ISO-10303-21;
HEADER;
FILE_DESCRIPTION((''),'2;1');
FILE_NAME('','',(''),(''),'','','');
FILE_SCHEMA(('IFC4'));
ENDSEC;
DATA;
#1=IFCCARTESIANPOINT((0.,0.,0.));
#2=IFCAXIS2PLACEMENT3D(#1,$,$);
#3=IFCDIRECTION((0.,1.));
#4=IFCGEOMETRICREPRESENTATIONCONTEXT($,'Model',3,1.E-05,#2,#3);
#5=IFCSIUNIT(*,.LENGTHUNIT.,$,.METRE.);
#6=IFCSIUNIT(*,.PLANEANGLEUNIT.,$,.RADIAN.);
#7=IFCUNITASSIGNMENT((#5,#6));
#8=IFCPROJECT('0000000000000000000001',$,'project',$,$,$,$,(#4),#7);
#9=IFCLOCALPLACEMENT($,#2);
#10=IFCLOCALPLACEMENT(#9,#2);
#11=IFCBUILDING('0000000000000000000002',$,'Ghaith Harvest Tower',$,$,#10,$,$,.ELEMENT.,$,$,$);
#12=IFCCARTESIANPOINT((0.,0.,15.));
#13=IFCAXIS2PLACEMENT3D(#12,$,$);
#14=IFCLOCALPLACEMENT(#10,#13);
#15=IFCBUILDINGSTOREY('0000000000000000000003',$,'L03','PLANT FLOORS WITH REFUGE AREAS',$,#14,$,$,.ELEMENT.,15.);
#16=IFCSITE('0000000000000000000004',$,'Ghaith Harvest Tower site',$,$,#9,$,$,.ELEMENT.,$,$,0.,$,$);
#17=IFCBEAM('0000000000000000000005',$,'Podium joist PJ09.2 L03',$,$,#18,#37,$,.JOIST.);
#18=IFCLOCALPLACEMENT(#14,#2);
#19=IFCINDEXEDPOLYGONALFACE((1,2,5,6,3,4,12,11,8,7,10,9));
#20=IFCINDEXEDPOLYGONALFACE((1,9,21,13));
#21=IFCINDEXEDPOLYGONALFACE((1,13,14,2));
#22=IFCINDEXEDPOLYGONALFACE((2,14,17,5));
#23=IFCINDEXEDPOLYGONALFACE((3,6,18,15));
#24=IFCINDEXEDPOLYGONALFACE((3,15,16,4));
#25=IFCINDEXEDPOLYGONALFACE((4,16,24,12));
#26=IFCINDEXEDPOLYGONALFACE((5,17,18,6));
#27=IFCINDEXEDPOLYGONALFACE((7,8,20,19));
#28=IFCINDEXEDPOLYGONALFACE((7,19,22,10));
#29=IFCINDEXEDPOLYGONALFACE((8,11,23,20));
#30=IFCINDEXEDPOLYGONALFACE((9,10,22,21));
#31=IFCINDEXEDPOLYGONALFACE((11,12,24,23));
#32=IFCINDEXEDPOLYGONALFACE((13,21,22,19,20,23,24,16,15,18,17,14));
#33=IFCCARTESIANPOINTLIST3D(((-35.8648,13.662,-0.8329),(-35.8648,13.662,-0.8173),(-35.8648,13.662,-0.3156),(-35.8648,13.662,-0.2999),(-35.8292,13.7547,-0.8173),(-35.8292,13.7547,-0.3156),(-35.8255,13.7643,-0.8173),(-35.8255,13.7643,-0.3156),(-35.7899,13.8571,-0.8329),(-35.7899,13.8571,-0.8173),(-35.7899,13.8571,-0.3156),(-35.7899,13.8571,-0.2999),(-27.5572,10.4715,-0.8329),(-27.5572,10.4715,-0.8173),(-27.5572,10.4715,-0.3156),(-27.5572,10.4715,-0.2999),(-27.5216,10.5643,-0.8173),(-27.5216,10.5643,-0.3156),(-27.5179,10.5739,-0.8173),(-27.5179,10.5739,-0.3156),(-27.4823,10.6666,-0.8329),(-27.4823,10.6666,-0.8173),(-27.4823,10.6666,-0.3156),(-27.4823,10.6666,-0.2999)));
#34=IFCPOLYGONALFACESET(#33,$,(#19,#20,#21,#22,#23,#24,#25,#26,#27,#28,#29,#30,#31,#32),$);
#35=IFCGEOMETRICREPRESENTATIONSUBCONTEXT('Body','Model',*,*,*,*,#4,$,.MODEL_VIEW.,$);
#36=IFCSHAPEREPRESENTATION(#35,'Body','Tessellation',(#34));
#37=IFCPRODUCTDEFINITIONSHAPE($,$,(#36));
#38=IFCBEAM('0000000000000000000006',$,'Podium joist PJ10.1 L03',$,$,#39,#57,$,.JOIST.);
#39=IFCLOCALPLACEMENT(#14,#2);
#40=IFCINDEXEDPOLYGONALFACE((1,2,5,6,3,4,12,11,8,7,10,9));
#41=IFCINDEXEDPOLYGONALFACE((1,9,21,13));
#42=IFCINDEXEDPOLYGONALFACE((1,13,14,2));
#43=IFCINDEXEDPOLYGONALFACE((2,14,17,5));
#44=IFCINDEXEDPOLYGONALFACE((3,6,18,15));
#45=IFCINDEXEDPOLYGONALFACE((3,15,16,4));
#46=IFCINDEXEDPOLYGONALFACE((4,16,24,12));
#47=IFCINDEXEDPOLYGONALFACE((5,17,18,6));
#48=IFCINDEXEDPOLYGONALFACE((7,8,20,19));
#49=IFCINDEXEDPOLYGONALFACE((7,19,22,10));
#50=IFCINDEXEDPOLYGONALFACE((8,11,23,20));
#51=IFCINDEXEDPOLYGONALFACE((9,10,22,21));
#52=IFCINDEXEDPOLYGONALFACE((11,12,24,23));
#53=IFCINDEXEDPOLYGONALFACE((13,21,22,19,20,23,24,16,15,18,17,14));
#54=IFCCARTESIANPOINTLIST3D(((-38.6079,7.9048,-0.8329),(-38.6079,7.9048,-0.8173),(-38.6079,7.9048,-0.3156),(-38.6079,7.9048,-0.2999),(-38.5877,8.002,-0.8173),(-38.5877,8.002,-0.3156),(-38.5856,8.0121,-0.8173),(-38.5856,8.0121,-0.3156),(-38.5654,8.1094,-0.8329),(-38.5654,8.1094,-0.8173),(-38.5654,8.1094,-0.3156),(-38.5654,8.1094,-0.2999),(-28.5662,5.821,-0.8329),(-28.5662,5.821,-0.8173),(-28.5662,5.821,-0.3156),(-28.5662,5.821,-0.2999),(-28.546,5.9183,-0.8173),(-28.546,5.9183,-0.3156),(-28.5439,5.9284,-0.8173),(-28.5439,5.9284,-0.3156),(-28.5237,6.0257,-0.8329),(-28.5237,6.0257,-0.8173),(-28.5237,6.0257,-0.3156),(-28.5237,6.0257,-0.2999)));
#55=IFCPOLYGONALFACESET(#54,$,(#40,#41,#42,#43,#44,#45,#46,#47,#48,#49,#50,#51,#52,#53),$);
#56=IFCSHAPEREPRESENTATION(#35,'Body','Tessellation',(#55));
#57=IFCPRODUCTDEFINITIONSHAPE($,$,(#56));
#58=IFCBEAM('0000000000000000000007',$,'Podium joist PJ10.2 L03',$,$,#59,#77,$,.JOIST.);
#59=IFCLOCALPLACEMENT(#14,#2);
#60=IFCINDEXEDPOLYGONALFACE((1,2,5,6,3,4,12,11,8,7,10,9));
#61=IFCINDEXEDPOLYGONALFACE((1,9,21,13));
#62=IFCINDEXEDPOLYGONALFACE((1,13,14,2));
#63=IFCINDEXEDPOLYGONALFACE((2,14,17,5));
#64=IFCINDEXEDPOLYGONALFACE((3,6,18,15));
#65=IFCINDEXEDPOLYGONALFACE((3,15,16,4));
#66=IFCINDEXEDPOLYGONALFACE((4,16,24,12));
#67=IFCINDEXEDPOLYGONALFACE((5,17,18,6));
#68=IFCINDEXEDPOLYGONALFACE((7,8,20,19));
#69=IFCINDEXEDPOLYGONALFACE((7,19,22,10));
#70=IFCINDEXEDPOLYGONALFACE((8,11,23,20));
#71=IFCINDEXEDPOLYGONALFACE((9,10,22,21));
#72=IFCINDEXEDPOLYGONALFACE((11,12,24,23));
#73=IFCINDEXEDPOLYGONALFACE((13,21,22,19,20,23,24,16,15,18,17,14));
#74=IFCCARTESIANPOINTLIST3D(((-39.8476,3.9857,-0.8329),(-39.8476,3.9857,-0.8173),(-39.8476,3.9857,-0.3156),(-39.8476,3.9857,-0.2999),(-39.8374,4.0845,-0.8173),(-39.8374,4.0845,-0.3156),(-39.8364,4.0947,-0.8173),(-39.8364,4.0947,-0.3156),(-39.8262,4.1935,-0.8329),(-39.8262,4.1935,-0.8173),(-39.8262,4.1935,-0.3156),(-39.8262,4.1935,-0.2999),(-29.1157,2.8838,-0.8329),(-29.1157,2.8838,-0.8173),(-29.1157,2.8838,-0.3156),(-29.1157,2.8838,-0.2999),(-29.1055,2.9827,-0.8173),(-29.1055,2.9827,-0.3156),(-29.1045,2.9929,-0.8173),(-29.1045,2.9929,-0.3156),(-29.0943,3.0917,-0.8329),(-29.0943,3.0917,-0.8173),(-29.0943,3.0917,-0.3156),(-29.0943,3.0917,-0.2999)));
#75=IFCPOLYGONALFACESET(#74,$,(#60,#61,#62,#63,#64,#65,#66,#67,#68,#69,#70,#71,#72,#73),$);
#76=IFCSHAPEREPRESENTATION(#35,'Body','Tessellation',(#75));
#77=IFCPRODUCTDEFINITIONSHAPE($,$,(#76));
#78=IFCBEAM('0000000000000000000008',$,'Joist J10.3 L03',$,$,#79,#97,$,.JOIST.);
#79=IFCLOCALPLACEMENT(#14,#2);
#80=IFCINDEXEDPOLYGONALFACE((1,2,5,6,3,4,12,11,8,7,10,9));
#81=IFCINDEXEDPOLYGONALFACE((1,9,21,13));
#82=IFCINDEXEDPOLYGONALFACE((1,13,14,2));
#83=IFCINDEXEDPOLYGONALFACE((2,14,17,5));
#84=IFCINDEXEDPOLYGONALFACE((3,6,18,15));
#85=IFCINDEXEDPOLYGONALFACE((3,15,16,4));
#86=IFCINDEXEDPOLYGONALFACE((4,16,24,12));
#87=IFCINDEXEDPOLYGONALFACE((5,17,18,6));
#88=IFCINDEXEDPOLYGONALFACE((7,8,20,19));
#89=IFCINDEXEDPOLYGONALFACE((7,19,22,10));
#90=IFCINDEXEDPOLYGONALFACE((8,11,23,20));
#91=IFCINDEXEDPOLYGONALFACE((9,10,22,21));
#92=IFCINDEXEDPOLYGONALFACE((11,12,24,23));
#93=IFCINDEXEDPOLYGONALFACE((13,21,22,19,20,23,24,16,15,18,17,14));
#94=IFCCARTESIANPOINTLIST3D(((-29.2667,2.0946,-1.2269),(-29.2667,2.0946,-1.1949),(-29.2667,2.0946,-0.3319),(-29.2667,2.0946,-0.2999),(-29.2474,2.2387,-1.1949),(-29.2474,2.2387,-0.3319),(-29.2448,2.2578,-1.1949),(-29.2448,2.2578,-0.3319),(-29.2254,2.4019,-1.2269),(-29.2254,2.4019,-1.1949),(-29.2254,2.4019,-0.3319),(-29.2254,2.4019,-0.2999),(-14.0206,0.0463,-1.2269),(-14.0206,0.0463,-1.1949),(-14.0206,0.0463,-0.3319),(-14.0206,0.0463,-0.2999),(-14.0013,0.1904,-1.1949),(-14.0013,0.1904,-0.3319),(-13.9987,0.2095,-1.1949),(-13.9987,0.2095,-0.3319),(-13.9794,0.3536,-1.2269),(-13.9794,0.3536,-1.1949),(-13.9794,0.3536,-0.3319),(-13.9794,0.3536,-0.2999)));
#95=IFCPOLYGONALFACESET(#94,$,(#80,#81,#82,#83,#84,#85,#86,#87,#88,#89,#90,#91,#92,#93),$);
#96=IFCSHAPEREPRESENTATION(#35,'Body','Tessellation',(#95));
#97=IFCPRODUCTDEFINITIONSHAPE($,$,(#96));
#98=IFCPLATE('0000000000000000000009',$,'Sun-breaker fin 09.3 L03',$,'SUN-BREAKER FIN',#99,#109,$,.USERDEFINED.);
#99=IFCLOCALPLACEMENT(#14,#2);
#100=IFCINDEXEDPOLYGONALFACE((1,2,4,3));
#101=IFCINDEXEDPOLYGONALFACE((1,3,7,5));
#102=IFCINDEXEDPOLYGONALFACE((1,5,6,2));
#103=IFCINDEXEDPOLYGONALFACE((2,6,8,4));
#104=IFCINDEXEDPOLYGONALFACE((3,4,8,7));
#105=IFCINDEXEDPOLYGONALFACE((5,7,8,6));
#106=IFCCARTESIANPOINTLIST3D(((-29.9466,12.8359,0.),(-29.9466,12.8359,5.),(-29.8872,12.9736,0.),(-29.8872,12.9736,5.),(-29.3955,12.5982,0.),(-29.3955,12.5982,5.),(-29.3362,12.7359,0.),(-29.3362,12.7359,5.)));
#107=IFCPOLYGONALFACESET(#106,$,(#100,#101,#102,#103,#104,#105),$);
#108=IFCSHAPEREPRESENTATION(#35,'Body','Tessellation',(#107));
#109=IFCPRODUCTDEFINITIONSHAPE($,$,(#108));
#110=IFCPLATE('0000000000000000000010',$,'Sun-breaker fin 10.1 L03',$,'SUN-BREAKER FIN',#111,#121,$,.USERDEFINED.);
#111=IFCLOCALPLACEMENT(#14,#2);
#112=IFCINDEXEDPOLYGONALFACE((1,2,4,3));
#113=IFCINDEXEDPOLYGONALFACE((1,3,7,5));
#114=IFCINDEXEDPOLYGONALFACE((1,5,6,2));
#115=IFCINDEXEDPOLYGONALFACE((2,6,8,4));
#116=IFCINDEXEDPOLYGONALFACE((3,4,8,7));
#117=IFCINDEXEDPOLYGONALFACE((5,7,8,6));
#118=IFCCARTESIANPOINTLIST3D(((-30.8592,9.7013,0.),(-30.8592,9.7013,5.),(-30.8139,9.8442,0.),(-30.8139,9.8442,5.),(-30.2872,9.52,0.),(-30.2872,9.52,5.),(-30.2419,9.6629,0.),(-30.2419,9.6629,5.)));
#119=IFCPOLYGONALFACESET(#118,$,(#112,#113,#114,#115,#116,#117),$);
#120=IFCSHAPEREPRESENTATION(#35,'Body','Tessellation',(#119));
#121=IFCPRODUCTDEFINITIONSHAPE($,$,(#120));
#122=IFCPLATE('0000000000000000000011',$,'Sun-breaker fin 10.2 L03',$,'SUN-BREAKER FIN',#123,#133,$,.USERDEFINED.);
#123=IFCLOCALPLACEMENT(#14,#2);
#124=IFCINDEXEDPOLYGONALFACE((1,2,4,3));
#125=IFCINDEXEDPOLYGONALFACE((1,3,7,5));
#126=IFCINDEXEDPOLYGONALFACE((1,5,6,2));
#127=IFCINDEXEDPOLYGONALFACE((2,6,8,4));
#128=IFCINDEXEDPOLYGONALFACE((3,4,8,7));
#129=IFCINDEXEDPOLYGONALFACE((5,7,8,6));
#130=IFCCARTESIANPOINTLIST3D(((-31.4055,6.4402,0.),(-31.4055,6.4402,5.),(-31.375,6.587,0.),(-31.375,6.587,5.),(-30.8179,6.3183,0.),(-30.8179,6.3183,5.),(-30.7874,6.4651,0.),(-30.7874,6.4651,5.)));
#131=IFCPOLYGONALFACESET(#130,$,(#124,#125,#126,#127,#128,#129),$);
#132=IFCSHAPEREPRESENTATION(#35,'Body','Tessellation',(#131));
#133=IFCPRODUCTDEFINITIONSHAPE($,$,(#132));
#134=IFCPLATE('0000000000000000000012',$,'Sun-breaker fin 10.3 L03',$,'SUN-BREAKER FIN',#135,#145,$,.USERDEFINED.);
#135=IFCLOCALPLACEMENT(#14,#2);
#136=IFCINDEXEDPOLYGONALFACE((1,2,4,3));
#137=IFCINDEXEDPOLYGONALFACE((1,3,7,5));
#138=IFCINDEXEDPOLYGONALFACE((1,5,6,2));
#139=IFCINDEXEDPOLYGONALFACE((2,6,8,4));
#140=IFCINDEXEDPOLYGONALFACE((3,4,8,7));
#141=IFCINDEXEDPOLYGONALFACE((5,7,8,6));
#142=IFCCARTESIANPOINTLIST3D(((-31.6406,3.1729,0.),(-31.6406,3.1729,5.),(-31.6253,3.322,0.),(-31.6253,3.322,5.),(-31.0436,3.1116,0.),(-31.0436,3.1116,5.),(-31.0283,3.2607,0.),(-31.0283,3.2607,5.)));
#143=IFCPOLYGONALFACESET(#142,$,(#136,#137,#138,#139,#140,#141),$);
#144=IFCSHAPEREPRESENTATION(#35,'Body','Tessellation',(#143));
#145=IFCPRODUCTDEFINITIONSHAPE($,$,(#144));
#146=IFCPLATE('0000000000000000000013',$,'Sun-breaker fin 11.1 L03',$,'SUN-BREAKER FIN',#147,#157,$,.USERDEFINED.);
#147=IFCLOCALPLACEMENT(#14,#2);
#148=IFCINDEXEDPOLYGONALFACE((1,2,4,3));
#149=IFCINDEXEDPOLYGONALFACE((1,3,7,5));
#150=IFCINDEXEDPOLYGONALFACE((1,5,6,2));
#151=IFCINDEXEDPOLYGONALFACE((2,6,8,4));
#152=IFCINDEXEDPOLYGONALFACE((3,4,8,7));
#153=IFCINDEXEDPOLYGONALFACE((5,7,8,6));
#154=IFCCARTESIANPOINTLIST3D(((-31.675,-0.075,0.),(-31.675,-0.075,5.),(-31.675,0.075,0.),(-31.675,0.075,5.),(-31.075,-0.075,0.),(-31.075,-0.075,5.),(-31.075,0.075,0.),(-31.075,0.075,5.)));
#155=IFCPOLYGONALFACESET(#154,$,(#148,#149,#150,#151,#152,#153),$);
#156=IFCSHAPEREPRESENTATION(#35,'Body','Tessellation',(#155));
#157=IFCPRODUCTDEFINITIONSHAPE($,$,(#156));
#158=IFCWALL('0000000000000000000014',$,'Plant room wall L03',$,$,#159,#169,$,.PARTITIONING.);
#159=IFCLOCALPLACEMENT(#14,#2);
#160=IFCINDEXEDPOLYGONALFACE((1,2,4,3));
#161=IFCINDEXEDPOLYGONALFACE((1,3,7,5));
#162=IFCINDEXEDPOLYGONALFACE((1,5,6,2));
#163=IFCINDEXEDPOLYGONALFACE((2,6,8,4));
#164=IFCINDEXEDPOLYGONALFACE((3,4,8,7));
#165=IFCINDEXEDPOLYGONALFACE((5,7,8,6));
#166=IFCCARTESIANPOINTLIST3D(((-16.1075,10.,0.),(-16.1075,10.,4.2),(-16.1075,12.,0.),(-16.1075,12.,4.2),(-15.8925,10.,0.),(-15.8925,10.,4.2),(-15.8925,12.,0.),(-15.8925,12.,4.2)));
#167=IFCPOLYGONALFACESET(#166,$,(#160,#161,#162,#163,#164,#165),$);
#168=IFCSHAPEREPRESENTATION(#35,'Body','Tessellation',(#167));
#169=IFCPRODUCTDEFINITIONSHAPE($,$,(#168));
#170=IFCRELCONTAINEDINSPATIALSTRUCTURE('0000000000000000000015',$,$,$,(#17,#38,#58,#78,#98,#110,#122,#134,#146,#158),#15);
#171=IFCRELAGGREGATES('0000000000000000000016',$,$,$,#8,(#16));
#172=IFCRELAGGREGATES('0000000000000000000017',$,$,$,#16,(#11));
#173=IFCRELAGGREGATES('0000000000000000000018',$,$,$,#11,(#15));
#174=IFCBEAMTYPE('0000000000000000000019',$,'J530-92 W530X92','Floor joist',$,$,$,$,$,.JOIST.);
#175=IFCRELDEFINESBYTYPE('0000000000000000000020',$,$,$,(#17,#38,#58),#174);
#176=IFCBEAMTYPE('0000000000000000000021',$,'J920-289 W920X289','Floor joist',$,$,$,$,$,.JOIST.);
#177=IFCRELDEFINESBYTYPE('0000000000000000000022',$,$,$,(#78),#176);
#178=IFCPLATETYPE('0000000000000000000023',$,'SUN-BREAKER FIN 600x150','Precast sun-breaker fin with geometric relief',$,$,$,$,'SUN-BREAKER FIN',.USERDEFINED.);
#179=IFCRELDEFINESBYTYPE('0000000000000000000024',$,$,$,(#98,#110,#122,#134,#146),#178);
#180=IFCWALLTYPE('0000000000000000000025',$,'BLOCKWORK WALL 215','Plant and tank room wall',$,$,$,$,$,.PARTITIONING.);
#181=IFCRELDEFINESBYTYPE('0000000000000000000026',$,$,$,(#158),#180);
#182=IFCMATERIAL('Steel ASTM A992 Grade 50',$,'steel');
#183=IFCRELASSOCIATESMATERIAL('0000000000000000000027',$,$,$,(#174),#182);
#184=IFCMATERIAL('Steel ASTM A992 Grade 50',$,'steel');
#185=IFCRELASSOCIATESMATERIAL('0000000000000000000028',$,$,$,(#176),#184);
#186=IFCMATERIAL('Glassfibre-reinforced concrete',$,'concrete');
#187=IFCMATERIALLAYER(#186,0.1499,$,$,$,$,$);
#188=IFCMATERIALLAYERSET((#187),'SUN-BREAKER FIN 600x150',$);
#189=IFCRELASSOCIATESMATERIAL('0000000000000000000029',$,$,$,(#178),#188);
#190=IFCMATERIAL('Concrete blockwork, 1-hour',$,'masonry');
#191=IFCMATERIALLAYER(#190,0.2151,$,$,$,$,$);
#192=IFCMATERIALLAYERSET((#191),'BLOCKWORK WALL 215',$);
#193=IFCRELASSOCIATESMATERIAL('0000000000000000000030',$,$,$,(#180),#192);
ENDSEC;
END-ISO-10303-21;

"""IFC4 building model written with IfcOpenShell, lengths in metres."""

from ifc_helpers import new_model, si_unit, direction, frame, frame_2d, origin, origin_2d, place, context, subcontext, project, spatial, rectangle, i_section, extrude, material, layer, layer_set, material_profile, profile_set, type_object, element, save


model = new_model("IFC4")

# Units and contexts
model_context = context("Model", 3, precision=1e-05, world=origin(), true_north=direction((0.0, 1.0)))
body_context = subcontext(model_context, "Body", "Model", "MODEL_VIEW")
ifc_project = project(units=[si_unit("LENGTHUNIT", "METRE"), si_unit("PLANEANGLEUNIT", "RADIAN")], contexts=[model_context])

# Site, building, storey
site_placement = place(None, origin())
site = spatial("IfcSite", under=ifc_project, at=site_placement, Name="Ghaith Harvest Tower site", CompositionType="ELEMENT", RefElevation=0.0)
building_placement = place(site_placement, origin())
building = spatial("IfcBuilding", under=site, at=building_placement, Name="Ghaith Harvest Tower", CompositionType="ELEMENT")
storey_placement = place(building_placement, frame((0.0, 0.0, 15.0)))
storey = spatial("IfcBuildingStorey", under=building, at=storey_placement, Name="L03", Description="PLANT FLOORS WITH REFUGE AREAS", CompositionType="ELEMENT", Elevation=15.0)

# Beams
ifc_material_1 = material(Name="Steel ASTM A992 Grade 50", Category="steel")
ifc_material_profile_1 = material_profile(ifc_material_1, i_section(OverallWidth=0.209, OverallDepth=0.533, WebThickness=0.0103, FlangeThickness=0.0156, at=origin_2d()), Name="W530X92")
ifc_profile_set_1 = profile_set([ifc_material_profile_1], Name="Steel ASTM A992 Grade 50")
beam_type_1 = type_object("IfcBeamType", Name="J530-92 W530X92", Description="Floor joist", PredefinedType="JOIST", material=ifc_profile_set_1)
beam_1_placement = place(storey_placement, frame((-27.5198, 10.5691, -0.5664), z_axis=(-0.933526, 0.358508, 0.0), x_axis=(-0.358508, -0.933526, 0.0)))
element("IfcBeam", 1, at=beam_1_placement, inside=storey, type_object=beam_type_1, Name="Podium joist PJ09.2 L03", PredefinedType="JOIST", context=body_context, shape_type="SweptSolid", body=[
    extrude(i_section(OverallWidth=0.209, OverallDepth=0.533, WebThickness=0.0103, FlangeThickness=0.0156, at=origin_2d()), origin(), (0.0, 0.0, 1.0), 8.8992),
])
beam_2_placement = place(storey_placement, frame((-28.5449, 5.9233, -0.5664), z_axis=(-0.979142, 0.203179, 0.0), x_axis=(-0.203179, -0.979142, 0.0)))
element("IfcBeam", 2, at=beam_2_placement, inside=storey, type_object=beam_type_1, Name="Podium joist PJ10.1 L03", PredefinedType="JOIST", context=body_context, shape_type="SweptSolid", body=[
    extrude(i_section(OverallWidth=0.209, OverallDepth=0.533, WebThickness=0.0103, FlangeThickness=0.0156, at=origin_2d()), origin(), (0.0, 0.0, 1.0), 10.2556),
])
beam_3_placement = place(storey_placement, frame((-29.105, 2.9878, -0.5664), z_axis=(-0.994771, 0.102129, 0.0), x_axis=(-0.102129, -0.994771, 0.0)))
element("IfcBeam", 3, at=beam_3_placement, inside=storey, type_object=beam_type_1, Name="Podium joist PJ10.2 L03", PredefinedType="JOIST", context=body_context, shape_type="SweptSolid", body=[
    extrude(i_section(OverallWidth=0.209, OverallDepth=0.533, WebThickness=0.0103, FlangeThickness=0.0156, at=origin_2d()), origin(), (0.0, 0.0, 1.0), 10.7883),
])
ifc_material_2 = material(Name="Steel ASTM A992 Grade 50", Category="steel")
ifc_material_profile_2 = material_profile(ifc_material_2, i_section(OverallWidth=0.3101, OverallDepth=0.927, WebThickness=0.0193, FlangeThickness=0.032, at=origin_2d()), Name="W920X289")
ifc_profile_set_2 = profile_set([ifc_material_profile_2], Name="Steel ASTM A992 Grade 50")
beam_type_2 = type_object("IfcBeamType", Name="J920-289 W920X289", Description="Floor joist", PredefinedType="JOIST", material=ifc_profile_set_2)
beam_4_placement = place(storey_placement, frame((-14.0, 0.2, -0.7634), z_axis=(-0.991095, 0.133155, 0.0), x_axis=(-0.133155, -0.991095, 0.0)))
element("IfcBeam", 4, at=beam_4_placement, inside=storey, type_object=beam_type_2, Name="Joist J10.3 L03", PredefinedType="JOIST", context=body_context, shape_type="SweptSolid", body=[
    extrude(i_section(OverallWidth=0.3101, OverallDepth=0.927, WebThickness=0.0193, FlangeThickness=0.032, at=origin_2d()), origin(), (0.0, 0.0, 1.0), 15.3831),
])

# Plates
ifc_material_3 = material(Name="Glassfibre-reinforced concrete", Category="concrete")
ifc_layer_1 = layer(ifc_material_3, 0.1499)
ifc_layer_set_1 = layer_set([ifc_layer_1], Name="SUN-BREAKER FIN 600x150")
plate_type = type_object("IfcPlateType", Name="SUN-BREAKER FIN 600x150", Description="Precast sun-breaker fin with geometric relief", ElementType="SUN-BREAKER FIN", PredefinedType="USERDEFINED", material=ifc_layer_set_1)
for number, where, z_axis, x_axis, name in (
    (5, (-29.6414, 12.7859, 0.0), (0.0, 0.0, 1.0), (-0.918218, 0.396075, 0.0), "Sun-breaker fin 09.3 L03"),
    (6, (-30.5505, 9.6821, 0.0), (0.0, 0.0, 1.0), (-0.953273, 0.30211, 0.0), "Sun-breaker fin 10.1 L03"),
    (7, (-31.0964, 6.4526, 0.0), (0.0, 0.0, 1.0), (-0.979142, 0.203179, 0.0), "Sun-breaker fin 10.2 L03"),
    (8, (-31.3345, 3.2168, 0.0), (0.0, 0.0, 1.0), (-0.994772, 0.102123, 0.0), "Sun-breaker fin 10.3 L03"),
    (9, (-31.375, 0.0, 0.0), (0.0, 0.0, 1.0), (-1.0, 0.0, 0.0), "Sun-breaker fin 11.1 L03"),
):
    element("IfcPlate", number, at=place(storey_placement, frame(where, z_axis=z_axis, x_axis=x_axis)), inside=storey, type_object=plate_type, Name=name, ObjectType="SUN-BREAKER FIN", PredefinedType="USERDEFINED", context=body_context, shape_type="SweptSolid", body=[
        extrude(rectangle(XDim=0.6001, YDim=0.1499, at=origin_2d()), origin(), (0.0, 0.0, 1.0), 5.0),
    ])

# Wall
ifc_material_4 = material(Name="Concrete blockwork, 1-hour", Category="masonry")
ifc_layer_2 = layer(ifc_material_4, 0.2151)
ifc_layer_set_2 = layer_set([ifc_layer_2], Name="BLOCKWORK WALL 215")
wall_type_1 = type_object("IfcWallType", Name="BLOCKWORK WALL 215", Description="Plant and tank room wall", PredefinedType="PARTITIONING", material=ifc_layer_set_2)
wall_1_placement = place(storey_placement, frame((-16.0, 12.0, 0.0), z_axis=(0.0, 0.0, 1.0), x_axis=(0.0, -1.0, 0.0)))
element("IfcWall", 10, at=wall_1_placement, inside=storey, type_object=wall_type_1, Name="Plant room wall L03", PredefinedType="PARTITIONING", context=body_context, shape_type="SweptSolid", body=[
    extrude(rectangle(XDim=2.0, YDim=0.2151, at=frame_2d((1.0, 0.0))), origin(), (0.0, 0.0, 1.0), 4.2),
])

save(model, "model.ifc")
